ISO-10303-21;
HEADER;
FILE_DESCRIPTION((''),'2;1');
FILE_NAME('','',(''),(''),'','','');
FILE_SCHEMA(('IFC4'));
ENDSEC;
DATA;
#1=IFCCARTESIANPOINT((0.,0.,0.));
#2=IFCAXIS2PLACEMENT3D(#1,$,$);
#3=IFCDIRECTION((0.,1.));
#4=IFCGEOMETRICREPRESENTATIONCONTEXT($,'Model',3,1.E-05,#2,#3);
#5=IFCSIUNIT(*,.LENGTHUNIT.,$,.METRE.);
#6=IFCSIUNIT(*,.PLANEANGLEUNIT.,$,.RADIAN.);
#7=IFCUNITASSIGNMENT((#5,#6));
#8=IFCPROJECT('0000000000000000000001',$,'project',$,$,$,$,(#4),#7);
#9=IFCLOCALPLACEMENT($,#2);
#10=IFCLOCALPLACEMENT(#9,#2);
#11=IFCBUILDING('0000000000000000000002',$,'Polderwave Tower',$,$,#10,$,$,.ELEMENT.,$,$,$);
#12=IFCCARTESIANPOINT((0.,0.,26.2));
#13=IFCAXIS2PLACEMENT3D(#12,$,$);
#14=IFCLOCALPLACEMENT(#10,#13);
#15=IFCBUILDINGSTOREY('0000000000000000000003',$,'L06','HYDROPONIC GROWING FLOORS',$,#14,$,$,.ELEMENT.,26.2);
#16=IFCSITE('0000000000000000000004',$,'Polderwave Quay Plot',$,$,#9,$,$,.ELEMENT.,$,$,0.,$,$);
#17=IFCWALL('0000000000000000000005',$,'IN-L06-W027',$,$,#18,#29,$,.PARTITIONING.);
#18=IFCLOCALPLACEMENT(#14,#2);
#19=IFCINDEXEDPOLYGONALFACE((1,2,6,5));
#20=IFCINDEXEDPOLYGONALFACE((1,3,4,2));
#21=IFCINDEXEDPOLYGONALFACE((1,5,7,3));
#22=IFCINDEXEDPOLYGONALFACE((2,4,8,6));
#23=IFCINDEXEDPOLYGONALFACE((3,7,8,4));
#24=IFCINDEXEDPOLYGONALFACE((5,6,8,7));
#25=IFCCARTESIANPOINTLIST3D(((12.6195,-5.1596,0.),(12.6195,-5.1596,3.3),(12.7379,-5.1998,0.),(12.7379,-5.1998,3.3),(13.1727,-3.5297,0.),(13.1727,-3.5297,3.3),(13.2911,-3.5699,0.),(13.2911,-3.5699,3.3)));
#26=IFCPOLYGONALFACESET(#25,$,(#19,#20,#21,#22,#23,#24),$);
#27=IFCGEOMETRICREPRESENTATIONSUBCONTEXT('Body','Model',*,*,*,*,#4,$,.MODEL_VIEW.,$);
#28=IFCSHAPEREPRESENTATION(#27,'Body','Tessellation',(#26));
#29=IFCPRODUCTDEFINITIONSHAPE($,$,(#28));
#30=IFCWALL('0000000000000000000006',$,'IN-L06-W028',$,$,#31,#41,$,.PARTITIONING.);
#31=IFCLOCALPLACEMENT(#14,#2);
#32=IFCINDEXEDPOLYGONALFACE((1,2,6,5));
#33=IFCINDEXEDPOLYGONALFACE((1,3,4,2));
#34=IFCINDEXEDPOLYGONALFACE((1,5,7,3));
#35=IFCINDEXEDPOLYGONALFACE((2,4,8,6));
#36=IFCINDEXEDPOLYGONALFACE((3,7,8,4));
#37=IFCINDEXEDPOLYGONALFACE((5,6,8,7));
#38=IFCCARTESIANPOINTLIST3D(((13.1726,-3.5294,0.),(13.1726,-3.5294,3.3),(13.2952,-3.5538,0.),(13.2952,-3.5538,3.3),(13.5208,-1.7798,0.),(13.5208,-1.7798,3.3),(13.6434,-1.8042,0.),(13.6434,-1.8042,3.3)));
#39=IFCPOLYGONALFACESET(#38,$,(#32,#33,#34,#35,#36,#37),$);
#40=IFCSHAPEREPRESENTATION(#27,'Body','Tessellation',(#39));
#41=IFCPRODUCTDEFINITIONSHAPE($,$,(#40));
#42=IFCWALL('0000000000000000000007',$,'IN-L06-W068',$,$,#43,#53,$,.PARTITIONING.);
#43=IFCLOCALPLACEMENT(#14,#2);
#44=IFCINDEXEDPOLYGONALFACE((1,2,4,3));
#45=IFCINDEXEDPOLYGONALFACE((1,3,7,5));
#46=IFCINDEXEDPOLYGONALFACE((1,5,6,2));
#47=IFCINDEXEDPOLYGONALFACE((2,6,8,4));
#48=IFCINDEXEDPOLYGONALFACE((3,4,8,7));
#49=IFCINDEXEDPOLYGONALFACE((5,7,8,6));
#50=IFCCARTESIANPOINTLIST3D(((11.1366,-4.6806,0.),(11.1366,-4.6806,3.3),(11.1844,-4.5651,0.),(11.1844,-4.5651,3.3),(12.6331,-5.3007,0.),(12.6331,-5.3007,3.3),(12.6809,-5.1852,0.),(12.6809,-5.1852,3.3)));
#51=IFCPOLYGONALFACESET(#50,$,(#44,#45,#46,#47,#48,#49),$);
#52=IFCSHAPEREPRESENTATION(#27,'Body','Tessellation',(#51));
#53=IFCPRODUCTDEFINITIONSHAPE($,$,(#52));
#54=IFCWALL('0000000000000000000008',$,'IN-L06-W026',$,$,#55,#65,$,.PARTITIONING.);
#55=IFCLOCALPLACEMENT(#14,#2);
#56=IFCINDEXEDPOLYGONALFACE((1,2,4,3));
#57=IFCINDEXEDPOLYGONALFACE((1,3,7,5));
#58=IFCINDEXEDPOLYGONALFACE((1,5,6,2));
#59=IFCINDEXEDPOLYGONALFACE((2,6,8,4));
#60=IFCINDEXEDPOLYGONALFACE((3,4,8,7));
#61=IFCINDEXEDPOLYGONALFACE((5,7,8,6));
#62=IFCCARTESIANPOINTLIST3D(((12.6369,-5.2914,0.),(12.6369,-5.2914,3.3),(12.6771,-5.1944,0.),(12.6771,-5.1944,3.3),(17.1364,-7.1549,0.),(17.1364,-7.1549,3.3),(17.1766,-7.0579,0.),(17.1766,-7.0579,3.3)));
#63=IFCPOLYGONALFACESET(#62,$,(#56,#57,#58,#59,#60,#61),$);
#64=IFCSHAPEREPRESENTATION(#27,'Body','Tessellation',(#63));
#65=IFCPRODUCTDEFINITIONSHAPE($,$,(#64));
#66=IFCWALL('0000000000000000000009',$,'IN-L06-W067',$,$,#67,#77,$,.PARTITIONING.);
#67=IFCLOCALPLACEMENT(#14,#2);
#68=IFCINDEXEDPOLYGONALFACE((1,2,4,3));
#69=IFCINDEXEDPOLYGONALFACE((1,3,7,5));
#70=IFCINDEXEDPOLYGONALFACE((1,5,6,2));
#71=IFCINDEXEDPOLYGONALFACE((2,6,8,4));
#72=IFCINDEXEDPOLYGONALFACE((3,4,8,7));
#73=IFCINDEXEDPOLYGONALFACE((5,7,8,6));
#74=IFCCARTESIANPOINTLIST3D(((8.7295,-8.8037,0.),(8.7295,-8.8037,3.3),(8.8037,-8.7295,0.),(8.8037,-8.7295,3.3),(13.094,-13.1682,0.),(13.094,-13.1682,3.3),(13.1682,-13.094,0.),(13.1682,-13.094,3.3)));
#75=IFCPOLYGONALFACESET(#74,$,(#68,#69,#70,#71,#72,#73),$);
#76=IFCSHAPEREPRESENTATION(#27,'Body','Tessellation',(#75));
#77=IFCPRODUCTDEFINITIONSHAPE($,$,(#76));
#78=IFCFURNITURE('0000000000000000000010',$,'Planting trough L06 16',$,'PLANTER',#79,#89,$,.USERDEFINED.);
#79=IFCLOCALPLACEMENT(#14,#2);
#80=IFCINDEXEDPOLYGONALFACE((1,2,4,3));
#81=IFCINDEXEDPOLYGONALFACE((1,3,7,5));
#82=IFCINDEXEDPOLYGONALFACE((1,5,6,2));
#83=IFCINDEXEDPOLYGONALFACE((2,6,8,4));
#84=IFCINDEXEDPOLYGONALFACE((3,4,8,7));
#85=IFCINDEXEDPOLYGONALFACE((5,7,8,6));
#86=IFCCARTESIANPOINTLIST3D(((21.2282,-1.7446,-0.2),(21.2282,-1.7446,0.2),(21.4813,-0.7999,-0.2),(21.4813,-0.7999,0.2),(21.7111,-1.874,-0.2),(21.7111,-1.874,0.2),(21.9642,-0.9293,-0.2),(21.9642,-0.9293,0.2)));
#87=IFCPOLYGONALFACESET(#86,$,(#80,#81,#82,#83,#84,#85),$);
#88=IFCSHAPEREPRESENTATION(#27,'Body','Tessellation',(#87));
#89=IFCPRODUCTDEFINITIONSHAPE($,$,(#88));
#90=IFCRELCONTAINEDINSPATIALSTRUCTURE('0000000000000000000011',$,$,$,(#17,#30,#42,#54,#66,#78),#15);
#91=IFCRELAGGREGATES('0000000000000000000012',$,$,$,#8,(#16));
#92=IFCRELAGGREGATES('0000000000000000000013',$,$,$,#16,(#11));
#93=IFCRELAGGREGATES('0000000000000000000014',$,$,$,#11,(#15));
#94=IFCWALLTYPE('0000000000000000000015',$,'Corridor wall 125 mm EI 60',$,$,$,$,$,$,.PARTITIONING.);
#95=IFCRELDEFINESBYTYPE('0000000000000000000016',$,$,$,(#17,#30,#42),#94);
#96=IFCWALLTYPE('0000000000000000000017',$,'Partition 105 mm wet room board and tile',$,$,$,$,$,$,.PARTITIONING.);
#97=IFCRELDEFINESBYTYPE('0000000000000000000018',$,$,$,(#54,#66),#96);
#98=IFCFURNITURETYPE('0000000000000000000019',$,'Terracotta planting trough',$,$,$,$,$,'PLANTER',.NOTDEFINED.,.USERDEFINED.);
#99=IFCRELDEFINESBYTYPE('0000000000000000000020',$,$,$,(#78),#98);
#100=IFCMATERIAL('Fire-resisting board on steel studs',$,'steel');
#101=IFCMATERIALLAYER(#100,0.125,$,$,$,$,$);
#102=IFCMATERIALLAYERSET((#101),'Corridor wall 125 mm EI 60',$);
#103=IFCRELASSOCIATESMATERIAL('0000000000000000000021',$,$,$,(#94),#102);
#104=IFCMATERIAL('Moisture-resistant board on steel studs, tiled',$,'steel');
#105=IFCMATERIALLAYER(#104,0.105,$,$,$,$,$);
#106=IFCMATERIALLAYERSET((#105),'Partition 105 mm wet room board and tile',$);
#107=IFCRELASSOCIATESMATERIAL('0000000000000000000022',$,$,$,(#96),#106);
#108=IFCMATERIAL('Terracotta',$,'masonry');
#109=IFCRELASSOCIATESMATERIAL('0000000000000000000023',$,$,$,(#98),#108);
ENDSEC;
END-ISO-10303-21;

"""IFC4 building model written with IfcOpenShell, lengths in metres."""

from ifc_helpers import new_model, si_unit, direction, frame, frame_2d, origin, origin_2d, place, context, subcontext, project, spatial, rectangle, extrude, material, layer, layer_set, type_object, element, save


model = new_model("IFC4")

# Units and contexts
model_context = context("Model", 3, precision=1e-05, world=origin(), true_north=direction((0.0, 1.0)))
body_context = subcontext(model_context, "Body", "Model", "MODEL_VIEW")
ifc_project = project(units=[si_unit("LENGTHUNIT", "METRE"), si_unit("PLANEANGLEUNIT", "RADIAN")], contexts=[model_context])

# Site, building, storey
site_placement = place(None, origin())
site = spatial("IfcSite", under=ifc_project, at=site_placement, Name="Polderwave Quay Plot", CompositionType="ELEMENT", RefElevation=0.0)
building_placement = place(site_placement, origin())
building = spatial("IfcBuilding", under=site, at=building_placement, Name="Polderwave Tower", CompositionType="ELEMENT")
storey_placement = place(building_placement, frame((0.0, 0.0, 26.2)))
storey = spatial("IfcBuildingStorey", under=building, at=storey_placement, Name="L06", Description="HYDROPONIC GROWING FLOORS", CompositionType="ELEMENT", Elevation=26.2)

# Shared definitions
ifc_material_1 = material(Name="Fire-resisting board on steel studs", Category="steel")
ifc_layer_1 = layer(ifc_material_1, 0.125)
ifc_layer_set_1 = layer_set([ifc_layer_1], Name="Corridor wall 125 mm EI 60")
wall_type_1 = type_object("IfcWallType", Name="Corridor wall 125 mm EI 60", PredefinedType="PARTITIONING", material=ifc_layer_set_1)

# Walls
wall_1_placement = place(storey_placement, frame((12.6787, -5.1797, 0.0), z_axis=(0.0, 0.0, 1.0), x_axis=(0.321414, 0.946939, 0.0)))
element("IfcWall", 1, at=wall_1_placement, inside=storey, type_object=wall_type_1, Name="IN-L06-W027", PredefinedType="PARTITIONING", context=body_context, shape_type="SweptSolid", body=[
    extrude(rectangle(XDim=1.7212, YDim=0.125, at=frame_2d((0.8606, 0.0))), origin(), (0.0, 0.0, 1.0), 3.3),
])
wall_2_placement = place(storey_placement, frame((13.2339, -3.5417, 0.0), z_axis=(0.0, 0.0, 1.0), x_axis=(0.195169, 0.98077, 0.0)))
element("IfcWall", 2, at=wall_2_placement, inside=storey, type_object=wall_type_1, Name="IN-L06-W028", PredefinedType="PARTITIONING", context=body_context, shape_type="SweptSolid", body=[
    extrude(rectangle(XDim=1.7839, YDim=0.125, at=frame_2d((0.8921, 0.0))), origin(), (0.0, 0.0, 1.0), 3.3),
])
wall_3_placement = place(storey_placement, frame((11.1604, -4.6228, 0.0), z_axis=(0.0, 0.0, 1.0), x_axis=(0.923833, -0.382795, 0.0)))
element("IfcWall", 3, at=wall_3_placement, inside=storey, type_object=wall_type_1, Name="IN-L06-W068", PredefinedType="PARTITIONING", context=body_context, shape_type="SweptSolid", body=[
    extrude(rectangle(XDim=1.6199, YDim=0.125, at=frame_2d((0.8101, 0.0))), origin(), (0.0, 0.0, 1.0), 3.3),
])
ifc_material_2 = material(Name="Moisture-resistant board on steel studs, tiled", Category="steel")
ifc_layer_2 = layer(ifc_material_2, 0.105)
ifc_layer_set_2 = layer_set([ifc_layer_2], Name="Partition 105 mm wet room board and tile")
wall_type_2 = type_object("IfcWallType", Name="Partition 105 mm wet room board and tile", PredefinedType="PARTITIONING", material=ifc_layer_set_2)
wall_4_placement = place(storey_placement, frame((17.1565, -7.1064, 0.0), z_axis=(0.0, 0.0, 1.0), x_axis=(-0.923896, 0.382643, 0.0)))
element("IfcWall", 4, at=wall_4_placement, inside=storey, type_object=wall_type_2, Name="IN-L06-W026", PredefinedType="PARTITIONING", context=body_context, shape_type="SweptSolid", body=[
    extrude(rectangle(XDim=4.8701, YDim=0.105, at=frame_2d((2.4351, 0.0))), origin(), (0.0, 0.0, 1.0), 3.3),
])
wall_5_placement = place(storey_placement, frame((8.7666, -8.7666, 0.0), z_axis=(0.0, 0.0, 1.0), x_axis=(0.707107, -0.707107, 0.0)))
element("IfcWall", 5, at=wall_5_placement, inside=storey, type_object=wall_type_2, Name="IN-L06-W067", PredefinedType="PARTITIONING", context=body_context, shape_type="SweptSolid", body=[
    extrude(rectangle(XDim=6.1724, YDim=0.105, at=frame_2d((3.0862, 0.0))), origin(), (0.0, 0.0, 1.0), 3.3),
])

# Furniture
ifc_material_3 = material(Name="Terracotta", Category="masonry")
furniture_type = type_object("IfcFurnitureType", Name="Terracotta planting trough", ElementType="PLANTER", AssemblyPlace="NOTDEFINED", PredefinedType="USERDEFINED", material=ifc_material_3)
furniture_placement = place(storey_placement, frame((21.5962, -1.3369, -0.2), z_axis=(0.0, 0.0, 1.0), x_axis=(0.258789, 0.965934, 0.0)))
element("IfcFurniture", 6, at=furniture_placement, inside=storey, type_object=furniture_type, Name="Planting trough L06 16", ObjectType="PLANTER", PredefinedType="USERDEFINED", context=body_context, shape_type="SweptSolid", body=[
    extrude(rectangle(XDim=0.978, YDim=0.5, at=origin_2d()), origin(), (0.0, 0.0, 1.0), 0.3999),
])

save(model, "model.ifc")
